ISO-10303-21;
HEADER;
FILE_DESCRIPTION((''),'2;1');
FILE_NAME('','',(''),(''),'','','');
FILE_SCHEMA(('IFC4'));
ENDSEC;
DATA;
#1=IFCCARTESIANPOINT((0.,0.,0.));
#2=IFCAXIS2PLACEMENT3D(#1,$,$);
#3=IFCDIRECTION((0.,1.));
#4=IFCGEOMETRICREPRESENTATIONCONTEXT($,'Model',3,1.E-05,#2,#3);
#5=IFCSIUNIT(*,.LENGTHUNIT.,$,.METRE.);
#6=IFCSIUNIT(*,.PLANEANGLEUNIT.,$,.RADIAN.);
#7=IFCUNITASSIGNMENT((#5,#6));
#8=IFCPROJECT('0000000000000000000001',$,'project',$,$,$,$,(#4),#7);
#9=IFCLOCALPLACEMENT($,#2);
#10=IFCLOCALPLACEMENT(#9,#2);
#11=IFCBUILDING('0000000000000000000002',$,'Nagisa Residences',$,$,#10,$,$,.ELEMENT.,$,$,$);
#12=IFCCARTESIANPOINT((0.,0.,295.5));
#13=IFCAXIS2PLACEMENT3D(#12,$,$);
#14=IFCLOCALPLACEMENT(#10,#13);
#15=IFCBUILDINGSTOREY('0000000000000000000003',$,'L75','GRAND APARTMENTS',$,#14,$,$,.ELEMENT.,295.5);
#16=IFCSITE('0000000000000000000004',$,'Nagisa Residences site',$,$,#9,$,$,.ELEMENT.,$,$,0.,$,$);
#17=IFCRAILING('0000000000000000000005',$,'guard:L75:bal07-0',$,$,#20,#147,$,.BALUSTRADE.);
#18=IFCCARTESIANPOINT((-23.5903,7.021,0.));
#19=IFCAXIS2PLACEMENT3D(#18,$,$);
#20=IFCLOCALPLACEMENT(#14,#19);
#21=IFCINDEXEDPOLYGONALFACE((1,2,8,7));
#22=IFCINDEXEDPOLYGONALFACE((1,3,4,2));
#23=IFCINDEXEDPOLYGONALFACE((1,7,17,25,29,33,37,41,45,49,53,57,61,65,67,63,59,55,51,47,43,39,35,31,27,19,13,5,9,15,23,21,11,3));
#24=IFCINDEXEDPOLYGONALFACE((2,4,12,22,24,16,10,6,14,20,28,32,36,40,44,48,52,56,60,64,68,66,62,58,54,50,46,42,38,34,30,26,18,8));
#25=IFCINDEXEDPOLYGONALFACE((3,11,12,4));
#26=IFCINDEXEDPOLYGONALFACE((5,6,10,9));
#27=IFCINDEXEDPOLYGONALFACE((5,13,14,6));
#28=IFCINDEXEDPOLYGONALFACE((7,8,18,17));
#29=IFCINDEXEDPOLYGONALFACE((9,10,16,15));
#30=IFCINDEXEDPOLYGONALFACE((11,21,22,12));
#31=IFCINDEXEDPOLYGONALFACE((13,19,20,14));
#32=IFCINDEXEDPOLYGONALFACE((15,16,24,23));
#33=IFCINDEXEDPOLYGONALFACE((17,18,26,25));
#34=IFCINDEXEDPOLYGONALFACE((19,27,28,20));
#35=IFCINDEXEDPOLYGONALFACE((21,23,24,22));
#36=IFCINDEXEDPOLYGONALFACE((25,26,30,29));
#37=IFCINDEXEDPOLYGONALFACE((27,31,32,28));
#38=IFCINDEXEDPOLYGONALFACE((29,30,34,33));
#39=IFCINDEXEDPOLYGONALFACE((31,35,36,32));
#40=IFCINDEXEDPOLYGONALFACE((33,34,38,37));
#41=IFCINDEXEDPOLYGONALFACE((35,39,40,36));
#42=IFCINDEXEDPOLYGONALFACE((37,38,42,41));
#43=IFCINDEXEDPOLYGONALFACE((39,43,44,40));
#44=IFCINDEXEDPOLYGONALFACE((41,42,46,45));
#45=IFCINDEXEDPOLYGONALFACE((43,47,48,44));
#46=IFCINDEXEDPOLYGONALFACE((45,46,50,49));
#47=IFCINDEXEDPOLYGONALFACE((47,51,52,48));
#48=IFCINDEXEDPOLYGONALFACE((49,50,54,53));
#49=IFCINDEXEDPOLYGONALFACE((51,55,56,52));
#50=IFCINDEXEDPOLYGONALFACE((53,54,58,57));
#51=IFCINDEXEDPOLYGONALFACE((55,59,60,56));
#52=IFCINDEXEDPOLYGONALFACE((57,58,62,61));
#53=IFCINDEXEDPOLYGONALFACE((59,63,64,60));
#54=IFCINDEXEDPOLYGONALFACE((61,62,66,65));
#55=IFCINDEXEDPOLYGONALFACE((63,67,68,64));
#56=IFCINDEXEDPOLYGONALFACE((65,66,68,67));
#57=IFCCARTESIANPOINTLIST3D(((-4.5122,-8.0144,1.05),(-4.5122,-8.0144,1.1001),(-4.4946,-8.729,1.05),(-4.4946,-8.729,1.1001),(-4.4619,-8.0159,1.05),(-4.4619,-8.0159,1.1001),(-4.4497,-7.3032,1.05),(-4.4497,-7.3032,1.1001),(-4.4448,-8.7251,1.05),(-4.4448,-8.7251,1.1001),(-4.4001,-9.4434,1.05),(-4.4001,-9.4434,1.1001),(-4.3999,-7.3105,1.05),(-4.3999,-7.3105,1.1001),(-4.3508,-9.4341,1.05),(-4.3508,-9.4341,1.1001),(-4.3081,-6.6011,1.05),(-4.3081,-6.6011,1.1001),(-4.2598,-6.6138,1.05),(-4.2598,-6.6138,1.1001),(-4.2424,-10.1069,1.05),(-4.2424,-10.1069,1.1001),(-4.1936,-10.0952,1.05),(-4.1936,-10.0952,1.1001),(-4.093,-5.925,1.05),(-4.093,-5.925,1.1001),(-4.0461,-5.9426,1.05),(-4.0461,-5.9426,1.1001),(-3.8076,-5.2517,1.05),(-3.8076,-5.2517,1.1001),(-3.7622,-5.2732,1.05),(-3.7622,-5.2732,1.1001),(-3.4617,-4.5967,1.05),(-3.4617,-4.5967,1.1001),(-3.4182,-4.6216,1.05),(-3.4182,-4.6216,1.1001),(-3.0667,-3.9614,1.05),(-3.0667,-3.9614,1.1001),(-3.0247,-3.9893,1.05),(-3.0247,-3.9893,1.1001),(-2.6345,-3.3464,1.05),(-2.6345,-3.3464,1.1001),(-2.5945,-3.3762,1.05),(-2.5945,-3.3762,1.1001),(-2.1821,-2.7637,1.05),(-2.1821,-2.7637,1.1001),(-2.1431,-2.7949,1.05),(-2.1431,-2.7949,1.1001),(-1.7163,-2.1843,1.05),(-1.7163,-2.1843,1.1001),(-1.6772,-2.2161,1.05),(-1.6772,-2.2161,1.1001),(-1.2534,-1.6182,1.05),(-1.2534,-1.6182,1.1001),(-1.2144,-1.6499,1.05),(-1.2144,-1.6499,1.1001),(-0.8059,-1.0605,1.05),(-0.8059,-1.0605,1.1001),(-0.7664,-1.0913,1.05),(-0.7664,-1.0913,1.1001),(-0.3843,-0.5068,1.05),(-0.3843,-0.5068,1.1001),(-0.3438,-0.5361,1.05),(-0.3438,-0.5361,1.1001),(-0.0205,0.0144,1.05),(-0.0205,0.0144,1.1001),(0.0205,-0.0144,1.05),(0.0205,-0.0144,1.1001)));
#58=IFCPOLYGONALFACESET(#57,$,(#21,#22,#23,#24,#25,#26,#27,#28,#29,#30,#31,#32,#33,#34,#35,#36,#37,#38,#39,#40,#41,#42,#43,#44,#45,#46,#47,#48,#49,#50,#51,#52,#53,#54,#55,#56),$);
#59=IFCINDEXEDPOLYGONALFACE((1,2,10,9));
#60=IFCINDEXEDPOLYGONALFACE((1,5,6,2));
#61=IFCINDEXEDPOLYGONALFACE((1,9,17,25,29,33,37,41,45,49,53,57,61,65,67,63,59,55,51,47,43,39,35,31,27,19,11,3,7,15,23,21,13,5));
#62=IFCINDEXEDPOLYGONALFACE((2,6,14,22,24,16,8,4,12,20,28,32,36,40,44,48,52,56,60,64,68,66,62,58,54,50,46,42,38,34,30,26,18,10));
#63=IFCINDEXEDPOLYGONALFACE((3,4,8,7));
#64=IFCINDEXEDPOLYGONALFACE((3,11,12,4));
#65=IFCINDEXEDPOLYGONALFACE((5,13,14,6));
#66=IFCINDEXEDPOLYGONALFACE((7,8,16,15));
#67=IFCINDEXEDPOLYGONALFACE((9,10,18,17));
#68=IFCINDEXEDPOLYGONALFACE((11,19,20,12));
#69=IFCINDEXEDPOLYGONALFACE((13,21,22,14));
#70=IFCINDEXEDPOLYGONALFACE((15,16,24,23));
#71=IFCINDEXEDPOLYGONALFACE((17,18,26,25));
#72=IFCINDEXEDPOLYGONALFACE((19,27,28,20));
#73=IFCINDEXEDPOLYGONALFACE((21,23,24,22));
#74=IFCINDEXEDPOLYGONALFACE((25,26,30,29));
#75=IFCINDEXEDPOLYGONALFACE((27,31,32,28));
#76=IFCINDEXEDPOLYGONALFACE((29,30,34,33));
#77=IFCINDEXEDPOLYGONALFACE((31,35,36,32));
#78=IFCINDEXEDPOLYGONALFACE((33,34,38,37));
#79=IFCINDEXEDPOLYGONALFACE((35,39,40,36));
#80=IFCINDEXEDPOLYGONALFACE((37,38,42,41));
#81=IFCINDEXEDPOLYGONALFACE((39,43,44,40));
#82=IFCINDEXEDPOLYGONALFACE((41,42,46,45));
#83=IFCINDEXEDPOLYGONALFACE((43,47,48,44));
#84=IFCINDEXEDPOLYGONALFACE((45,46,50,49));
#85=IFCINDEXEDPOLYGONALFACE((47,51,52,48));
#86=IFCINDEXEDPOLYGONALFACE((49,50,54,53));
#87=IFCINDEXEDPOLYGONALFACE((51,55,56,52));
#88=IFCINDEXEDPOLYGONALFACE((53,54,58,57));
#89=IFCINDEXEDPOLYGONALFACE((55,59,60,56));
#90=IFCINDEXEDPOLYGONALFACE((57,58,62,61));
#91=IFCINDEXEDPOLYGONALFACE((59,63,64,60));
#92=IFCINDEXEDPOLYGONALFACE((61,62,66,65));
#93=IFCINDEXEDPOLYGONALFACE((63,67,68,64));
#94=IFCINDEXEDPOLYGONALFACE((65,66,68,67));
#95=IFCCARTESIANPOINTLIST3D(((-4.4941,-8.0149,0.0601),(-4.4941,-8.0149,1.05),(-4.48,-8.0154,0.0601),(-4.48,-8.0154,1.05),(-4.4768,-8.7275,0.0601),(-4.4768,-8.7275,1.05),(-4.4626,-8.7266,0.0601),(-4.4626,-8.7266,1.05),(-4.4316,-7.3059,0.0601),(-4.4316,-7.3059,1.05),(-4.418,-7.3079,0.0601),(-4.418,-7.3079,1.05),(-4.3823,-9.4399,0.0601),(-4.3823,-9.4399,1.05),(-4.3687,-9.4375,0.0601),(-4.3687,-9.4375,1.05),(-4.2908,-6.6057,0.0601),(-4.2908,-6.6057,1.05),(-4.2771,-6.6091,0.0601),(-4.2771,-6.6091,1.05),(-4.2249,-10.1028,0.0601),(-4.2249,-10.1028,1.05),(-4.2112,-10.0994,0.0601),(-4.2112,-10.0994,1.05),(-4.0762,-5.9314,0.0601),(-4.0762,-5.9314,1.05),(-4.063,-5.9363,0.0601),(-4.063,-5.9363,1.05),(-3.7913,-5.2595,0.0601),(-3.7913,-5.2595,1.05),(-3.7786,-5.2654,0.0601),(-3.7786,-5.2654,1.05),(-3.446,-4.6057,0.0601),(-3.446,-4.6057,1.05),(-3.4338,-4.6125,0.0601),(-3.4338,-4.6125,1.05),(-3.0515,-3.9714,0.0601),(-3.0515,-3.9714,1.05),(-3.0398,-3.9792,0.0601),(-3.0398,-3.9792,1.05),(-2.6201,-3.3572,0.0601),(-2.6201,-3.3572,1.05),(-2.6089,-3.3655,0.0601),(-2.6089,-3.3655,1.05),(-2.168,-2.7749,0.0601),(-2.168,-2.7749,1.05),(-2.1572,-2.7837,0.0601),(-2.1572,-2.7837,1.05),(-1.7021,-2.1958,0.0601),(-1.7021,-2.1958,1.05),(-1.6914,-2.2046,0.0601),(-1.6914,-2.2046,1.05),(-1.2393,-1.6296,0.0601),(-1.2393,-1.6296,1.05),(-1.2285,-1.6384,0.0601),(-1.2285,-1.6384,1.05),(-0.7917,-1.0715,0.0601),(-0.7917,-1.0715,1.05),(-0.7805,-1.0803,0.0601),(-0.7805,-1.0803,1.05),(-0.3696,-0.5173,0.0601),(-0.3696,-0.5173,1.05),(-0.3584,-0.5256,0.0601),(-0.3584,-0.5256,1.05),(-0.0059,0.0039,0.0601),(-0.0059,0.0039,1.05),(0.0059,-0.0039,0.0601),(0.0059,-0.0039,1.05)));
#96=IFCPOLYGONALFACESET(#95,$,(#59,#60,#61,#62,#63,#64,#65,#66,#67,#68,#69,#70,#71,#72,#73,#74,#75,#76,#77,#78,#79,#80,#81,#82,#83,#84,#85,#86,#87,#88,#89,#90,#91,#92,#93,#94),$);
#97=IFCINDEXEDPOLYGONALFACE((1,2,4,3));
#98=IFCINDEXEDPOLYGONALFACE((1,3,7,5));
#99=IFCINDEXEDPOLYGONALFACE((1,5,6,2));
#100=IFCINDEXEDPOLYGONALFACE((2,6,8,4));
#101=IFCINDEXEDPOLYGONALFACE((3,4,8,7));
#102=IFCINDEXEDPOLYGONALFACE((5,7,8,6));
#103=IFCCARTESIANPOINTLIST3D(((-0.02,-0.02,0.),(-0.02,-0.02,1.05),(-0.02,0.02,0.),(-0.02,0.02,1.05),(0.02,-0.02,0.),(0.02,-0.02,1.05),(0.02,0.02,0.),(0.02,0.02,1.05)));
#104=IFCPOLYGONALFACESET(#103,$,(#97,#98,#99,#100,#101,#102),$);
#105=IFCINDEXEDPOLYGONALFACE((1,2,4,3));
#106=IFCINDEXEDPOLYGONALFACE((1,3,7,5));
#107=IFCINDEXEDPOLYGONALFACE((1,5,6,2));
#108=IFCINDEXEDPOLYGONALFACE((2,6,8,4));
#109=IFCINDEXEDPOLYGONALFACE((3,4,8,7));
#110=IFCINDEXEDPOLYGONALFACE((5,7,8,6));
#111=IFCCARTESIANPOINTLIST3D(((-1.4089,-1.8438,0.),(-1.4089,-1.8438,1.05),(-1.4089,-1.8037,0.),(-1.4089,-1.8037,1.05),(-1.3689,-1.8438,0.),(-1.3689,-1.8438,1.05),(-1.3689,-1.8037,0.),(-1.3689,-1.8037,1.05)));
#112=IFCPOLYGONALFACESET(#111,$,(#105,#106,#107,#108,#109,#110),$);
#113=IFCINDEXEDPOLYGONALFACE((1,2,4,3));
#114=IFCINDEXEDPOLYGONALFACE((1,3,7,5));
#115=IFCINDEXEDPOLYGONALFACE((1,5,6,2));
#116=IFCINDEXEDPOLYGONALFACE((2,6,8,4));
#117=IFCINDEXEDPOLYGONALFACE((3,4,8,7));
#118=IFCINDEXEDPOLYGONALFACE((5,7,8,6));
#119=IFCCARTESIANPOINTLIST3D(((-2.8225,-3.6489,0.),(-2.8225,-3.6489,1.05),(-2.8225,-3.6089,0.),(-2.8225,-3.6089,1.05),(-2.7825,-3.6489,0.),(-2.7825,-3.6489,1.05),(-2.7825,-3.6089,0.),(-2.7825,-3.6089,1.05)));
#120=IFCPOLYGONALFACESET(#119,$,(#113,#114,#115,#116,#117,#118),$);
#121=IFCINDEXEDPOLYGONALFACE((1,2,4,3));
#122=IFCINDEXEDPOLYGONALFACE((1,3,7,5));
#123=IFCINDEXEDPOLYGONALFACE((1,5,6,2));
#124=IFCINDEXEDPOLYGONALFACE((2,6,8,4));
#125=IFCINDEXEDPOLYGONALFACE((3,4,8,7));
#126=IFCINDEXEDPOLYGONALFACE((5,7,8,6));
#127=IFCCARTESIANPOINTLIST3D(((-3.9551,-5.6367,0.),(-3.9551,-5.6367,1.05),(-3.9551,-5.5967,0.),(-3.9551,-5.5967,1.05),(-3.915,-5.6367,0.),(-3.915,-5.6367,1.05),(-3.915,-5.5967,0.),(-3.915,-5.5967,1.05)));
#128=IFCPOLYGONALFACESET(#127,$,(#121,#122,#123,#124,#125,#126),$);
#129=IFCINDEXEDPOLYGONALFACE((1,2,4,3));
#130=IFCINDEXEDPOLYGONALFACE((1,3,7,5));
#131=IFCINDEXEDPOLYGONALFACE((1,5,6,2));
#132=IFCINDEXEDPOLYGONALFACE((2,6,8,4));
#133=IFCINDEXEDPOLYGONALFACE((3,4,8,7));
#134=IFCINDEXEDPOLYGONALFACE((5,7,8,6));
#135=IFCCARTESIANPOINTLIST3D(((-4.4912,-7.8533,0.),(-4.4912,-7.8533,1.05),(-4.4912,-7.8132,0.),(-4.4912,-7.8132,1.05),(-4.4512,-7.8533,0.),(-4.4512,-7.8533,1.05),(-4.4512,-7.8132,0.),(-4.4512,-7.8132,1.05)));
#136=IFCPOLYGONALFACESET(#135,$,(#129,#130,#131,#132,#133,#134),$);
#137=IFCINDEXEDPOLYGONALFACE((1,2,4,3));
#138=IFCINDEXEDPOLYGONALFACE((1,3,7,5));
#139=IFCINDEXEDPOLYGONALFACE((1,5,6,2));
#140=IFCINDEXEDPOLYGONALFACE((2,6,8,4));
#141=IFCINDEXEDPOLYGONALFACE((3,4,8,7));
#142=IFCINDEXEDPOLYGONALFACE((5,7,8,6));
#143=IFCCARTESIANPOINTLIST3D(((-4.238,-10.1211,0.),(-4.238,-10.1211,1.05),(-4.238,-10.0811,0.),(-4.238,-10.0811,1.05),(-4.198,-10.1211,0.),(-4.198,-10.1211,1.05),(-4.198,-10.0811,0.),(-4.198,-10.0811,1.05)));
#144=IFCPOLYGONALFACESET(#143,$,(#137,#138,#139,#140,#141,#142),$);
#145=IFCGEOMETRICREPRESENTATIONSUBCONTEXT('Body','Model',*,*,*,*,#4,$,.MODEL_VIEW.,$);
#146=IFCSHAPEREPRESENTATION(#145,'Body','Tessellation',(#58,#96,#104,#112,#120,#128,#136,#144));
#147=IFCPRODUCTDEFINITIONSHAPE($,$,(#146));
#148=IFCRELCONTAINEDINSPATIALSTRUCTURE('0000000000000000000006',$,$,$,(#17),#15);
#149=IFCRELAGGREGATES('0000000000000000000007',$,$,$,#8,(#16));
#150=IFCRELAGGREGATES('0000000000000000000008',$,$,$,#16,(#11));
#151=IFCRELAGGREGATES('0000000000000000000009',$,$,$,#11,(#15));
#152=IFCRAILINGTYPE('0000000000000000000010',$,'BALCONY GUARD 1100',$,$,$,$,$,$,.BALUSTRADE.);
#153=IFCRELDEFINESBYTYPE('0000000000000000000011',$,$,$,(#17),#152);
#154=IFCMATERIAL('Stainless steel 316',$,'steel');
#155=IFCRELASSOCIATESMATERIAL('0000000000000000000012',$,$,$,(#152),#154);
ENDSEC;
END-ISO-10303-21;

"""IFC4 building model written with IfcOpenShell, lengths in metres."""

from ifc_helpers import new_model, si_unit, direction, frame, origin, origin_2d, place, context, subcontext, project, spatial, polyline, rectangle, outline, extrude, material, type_object, element, save


model = new_model("IFC4")

# Units and contexts
model_context = context("Model", 3, precision=1e-05, world=origin(), true_north=direction((0.0, 1.0)))
body_context = subcontext(model_context, "Body", "Model", "MODEL_VIEW")
ifc_project = project(units=[si_unit("LENGTHUNIT", "METRE"), si_unit("PLANEANGLEUNIT", "RADIAN")], contexts=[model_context])

# Site, building, storey
site_placement = place(None, origin())
site = spatial("IfcSite", under=ifc_project, at=site_placement, Name="Nagisa Residences site", CompositionType="ELEMENT", RefElevation=0.0)
building_placement = place(site_placement, origin())
building = spatial("IfcBuilding", under=site, at=building_placement, Name="Nagisa Residences", CompositionType="ELEMENT")
storey_placement = place(building_placement, frame((0.0, 0.0, 295.5)))
storey = spatial("IfcBuildingStorey", under=building, at=storey_placement, Name="L75", Description="GRAND APARTMENTS", CompositionType="ELEMENT", Elevation=295.5)

# Railing
ifc_material_1 = material(Name="Stainless steel 316", Category="steel")
railing_type = type_object("IfcRailingType", Name="BALCONY GUARD 1100", PredefinedType="BALUSTRADE", material=ifc_material_1)
railing_placement = place(storey_placement, frame((-23.5903, 7.021, 0.0)))
element("IfcRailing", 1, at=railing_placement, inside=storey, type_object=railing_type, Name="guard:L75:bal07-0", PredefinedType="BALUSTRADE", context=body_context, shape_type="SweptSolid", body=[
    extrude(outline(polyline([(-0.3438, -0.5361), (0.0205, -0.0144), (-0.0205, 0.0144), (-0.3843, -0.5068), (-0.8059, -1.0605), (-1.2534, -1.6182), (-1.7163, -2.1843), (-2.1821, -2.7637), (-2.6345, -3.3464), (-3.0667, -3.9614), (-3.4617, -4.5967), (-3.8076, -5.2517), (-4.093, -5.925), (-4.3081, -6.6011), (-4.4497, -7.3032), (-4.5122, -8.0144), (-4.4946, -8.729), (-4.4001, -9.4434), (-4.2424, -10.1069), (-4.1936, -10.0952), (-4.3508, -9.4341), (-4.4448, -8.7251), (-4.4619, -8.0159), (-4.3999, -7.3105), (-4.2598, -6.6138), (-4.0461, -5.9426), (-3.7622, -5.2732), (-3.4182, -4.6216), (-3.0247, -3.9893), (-2.5945, -3.3762), (-2.1431, -2.7949), (-1.6772, -2.2161), (-1.2144, -1.6499), (-0.7664, -1.0913), (-0.3438, -0.5361)])), frame((0.0, 0.0, 1.05)), (0.0, 0.0, 1.0), 0.05),
    extrude(outline(polyline([(-0.3584, -0.5256), (0.0059, -0.0039), (-0.0059, 0.0039), (-0.3696, -0.5173), (-0.7917, -1.0715), (-1.2393, -1.6296), (-1.7021, -2.1958), (-2.168, -2.7749), (-2.6201, -3.3572), (-3.0515, -3.9714), (-3.446, -4.6057), (-3.7913, -5.2595), (-4.0762, -5.9314), (-4.2908, -6.6057), (-4.4316, -7.3059), (-4.4941, -8.0149), (-4.4768, -8.7275), (-4.3823, -9.4399), (-4.2249, -10.1028), (-4.2112, -10.0994), (-4.3687, -9.4375), (-4.4626, -8.7266), (-4.48, -8.0154), (-4.418, -7.3079), (-4.2771, -6.6091), (-4.063, -5.9363), (-3.7786, -5.2654), (-3.4338, -4.6125), (-3.0398, -3.9792), (-2.6089, -3.3655), (-2.1572, -2.7837), (-1.6914, -2.2046), (-1.2285, -1.6384), (-0.7805, -1.0803), (-0.3584, -0.5256)])), frame((0.0, 0.0, 0.0601)), (0.0, 0.0, 1.0), 0.99),
    extrude(rectangle(XDim=0.04, YDim=0.04, at=origin_2d()), origin(), (0.0, 0.0, 1.0), 1.05),
    extrude(rectangle(XDim=0.04, YDim=0.04, at=origin_2d()), frame((-1.3889, -1.8237, 0.0)), (0.0, 0.0, 1.0), 1.05),
    extrude(rectangle(XDim=0.04, YDim=0.04, at=origin_2d()), frame((-2.8025, -3.6289, 0.0)), (0.0, 0.0, 1.0), 1.05),
    extrude(rectangle(XDim=0.04, YDim=0.04, at=origin_2d()), frame((-3.9351, -5.6167, 0.0)), (0.0, 0.0, 1.0), 1.05),
    extrude(rectangle(XDim=0.04, YDim=0.04, at=origin_2d()), frame((-4.4712, -7.8333, 0.0)), (0.0, 0.0, 1.0), 1.05),
    extrude(rectangle(XDim=0.04, YDim=0.04, at=origin_2d()), frame((-4.218, -10.1011, 0.0)), (0.0, 0.0, 1.0), 1.05),
])

save(model, "model.ifc")
